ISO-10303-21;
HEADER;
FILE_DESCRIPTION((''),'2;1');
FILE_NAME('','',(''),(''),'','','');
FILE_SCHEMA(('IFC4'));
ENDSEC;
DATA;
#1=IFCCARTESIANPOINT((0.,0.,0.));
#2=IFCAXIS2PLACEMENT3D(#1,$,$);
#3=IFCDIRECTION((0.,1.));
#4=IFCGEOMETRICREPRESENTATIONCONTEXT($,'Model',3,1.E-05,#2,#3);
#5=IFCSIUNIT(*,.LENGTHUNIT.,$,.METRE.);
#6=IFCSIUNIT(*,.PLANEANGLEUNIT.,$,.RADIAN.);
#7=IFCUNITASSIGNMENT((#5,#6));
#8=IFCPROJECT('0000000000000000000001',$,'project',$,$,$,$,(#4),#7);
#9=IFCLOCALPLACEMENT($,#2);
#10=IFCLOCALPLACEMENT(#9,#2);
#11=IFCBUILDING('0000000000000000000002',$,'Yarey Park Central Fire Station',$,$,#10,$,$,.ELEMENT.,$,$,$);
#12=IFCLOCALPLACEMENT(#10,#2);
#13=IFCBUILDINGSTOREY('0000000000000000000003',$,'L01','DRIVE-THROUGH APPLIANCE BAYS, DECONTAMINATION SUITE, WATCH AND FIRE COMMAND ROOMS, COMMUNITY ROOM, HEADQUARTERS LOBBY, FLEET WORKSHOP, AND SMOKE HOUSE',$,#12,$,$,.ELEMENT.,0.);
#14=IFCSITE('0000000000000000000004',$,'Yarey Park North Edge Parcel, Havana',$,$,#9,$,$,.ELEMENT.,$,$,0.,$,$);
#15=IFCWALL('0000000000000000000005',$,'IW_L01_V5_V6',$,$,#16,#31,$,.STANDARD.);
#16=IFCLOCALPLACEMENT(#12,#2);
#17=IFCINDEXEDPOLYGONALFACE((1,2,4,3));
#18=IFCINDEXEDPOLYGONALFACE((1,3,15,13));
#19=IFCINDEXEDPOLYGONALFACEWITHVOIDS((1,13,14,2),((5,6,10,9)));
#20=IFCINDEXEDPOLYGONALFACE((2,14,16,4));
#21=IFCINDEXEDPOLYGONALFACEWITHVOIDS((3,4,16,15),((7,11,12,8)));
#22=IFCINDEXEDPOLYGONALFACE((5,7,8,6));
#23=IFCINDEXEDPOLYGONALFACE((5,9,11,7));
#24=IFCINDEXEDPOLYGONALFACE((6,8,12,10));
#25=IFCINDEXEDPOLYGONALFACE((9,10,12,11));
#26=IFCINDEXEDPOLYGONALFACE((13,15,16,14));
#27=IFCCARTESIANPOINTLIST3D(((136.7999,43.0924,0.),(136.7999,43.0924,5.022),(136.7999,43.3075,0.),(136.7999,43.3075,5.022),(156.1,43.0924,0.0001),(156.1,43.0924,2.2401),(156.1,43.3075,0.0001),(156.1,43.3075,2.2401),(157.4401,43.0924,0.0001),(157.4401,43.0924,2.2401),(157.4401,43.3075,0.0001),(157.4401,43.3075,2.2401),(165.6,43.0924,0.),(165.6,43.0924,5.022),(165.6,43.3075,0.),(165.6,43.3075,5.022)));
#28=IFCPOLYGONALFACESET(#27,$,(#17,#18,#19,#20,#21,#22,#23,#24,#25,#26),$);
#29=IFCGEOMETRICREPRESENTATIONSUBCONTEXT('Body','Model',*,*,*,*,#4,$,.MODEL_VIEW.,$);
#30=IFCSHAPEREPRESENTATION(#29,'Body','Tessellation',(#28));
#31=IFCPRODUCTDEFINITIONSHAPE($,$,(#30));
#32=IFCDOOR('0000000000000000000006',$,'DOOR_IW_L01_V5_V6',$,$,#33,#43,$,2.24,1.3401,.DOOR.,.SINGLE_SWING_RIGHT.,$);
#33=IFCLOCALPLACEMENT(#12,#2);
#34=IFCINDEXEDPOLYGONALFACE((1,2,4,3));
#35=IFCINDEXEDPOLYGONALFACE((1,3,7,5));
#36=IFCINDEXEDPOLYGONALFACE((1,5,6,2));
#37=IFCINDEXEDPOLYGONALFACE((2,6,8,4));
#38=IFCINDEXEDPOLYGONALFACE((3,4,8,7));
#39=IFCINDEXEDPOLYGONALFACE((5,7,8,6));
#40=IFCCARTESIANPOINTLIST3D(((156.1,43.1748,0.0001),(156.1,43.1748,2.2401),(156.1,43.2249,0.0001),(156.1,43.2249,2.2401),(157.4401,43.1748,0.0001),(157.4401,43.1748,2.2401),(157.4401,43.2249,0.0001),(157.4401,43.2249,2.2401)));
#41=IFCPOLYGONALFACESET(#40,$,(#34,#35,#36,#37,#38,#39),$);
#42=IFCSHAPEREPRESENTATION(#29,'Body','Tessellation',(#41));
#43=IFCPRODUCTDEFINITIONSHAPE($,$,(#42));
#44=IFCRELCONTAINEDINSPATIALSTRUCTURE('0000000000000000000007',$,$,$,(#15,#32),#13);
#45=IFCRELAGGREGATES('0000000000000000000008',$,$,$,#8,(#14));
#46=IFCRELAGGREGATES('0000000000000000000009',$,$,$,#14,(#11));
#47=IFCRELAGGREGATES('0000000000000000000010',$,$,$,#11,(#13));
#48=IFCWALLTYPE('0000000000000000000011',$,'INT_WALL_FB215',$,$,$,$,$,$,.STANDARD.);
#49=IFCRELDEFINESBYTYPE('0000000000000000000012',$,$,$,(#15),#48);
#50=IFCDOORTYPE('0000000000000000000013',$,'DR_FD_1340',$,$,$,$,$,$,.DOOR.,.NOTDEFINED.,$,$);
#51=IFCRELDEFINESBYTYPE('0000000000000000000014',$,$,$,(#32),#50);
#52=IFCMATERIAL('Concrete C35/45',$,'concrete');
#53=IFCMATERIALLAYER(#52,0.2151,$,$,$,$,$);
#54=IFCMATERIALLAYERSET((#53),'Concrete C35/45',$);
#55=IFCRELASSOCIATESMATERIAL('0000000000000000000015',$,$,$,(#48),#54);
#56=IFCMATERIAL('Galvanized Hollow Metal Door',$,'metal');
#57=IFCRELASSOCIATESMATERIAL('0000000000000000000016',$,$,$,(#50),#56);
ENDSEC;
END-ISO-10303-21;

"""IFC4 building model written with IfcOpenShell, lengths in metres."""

from ifc_helpers import new_model, si_unit, direction, frame, frame_2d, origin, place, context, subcontext, project, spatial, rectangle, extrude, material, layer, layer_set, type_object, element, fill, save


model = new_model("IFC4")

# Units and contexts
model_context = context("Model", 3, precision=1e-05, world=origin(), true_north=direction((0.0, 1.0)))
body_context = subcontext(model_context, "Body", "Model", "MODEL_VIEW")
ifc_project = project(units=[si_unit("LENGTHUNIT", "METRE"), si_unit("PLANEANGLEUNIT", "RADIAN")], contexts=[model_context])

# Site, building, storey
site_placement = place(None, origin())
site = spatial("IfcSite", under=ifc_project, at=site_placement, Name="Yarey Park North Edge Parcel, Havana", CompositionType="ELEMENT", RefElevation=0.0)
building_placement = place(site_placement, origin())
building = spatial("IfcBuilding", under=site, at=building_placement, Name="Yarey Park Central Fire Station", CompositionType="ELEMENT")
storey_placement = place(building_placement, origin())
storey = spatial("IfcBuildingStorey", under=building, at=storey_placement, Name="L01", Description="DRIVE-THROUGH APPLIANCE BAYS, DECONTAMINATION SUITE, WATCH AND FIRE COMMAND ROOMS, COMMUNITY ROOM, HEADQUARTERS LOBBY, FLEET WORKSHOP, AND SMOKE HOUSE", CompositionType="ELEMENT", Elevation=0.0)

# Shared definitions
ifc_material_1 = material(Name="Concrete C35/45", Category="concrete")

# Wall, opening, door
ifc_layer_1 = layer(ifc_material_1, 0.2151)
ifc_layer_set_1 = layer_set([ifc_layer_1], Name="Concrete C35/45")
wall_type_1 = type_object("IfcWallType", Name="INT_WALL_FB215", PredefinedType="STANDARD", material=ifc_layer_set_1)
wall_1_placement = place(storey_placement, frame((136.8, 43.2, 0.0), z_axis=(0.0, 0.0, 1.0), x_axis=(1.0, 0.0, 0.0)))
wall_1 = element("IfcWall", 1, at=wall_1_placement, inside=storey, type_object=wall_type_1, Name="IW_L01_V5_V6", PredefinedType="STANDARD", context=body_context, shape_type="SweptSolid", body=[
    extrude(rectangle(XDim=28.8, YDim=0.2151, at=frame_2d((14.3999, 0.0))), origin(), (0.0, 0.0, 1.0), 5.022),
])
opening_1_placement = place(wall_1_placement, frame((19.3, 0.0, 0.0)))
opening_1 = element("IfcOpeningElement", 2, at=opening_1_placement, cuts=wall_1, PredefinedType="OPENING", context=body_context, shape_type="SweptSolid", body=[
    extrude(rectangle(XDim=1.3401, YDim=2.24, at=frame_2d((0.6699, 1.1201))), frame((0.0, 0.1174, 0.0), z_axis=(0.0, -1.0, 0.0), x_axis=(1.0, 0.0, 0.0)), (0.0, 0.0, 1.0), 0.2351),
])
ifc_material_2 = material(Name="Galvanized Hollow Metal Door", Category="metal")
door_type = type_object("IfcDoorType", Name="DR_FD_1340", OperationType="NOTDEFINED", PredefinedType="DOOR", material=ifc_material_2)
door_placement = place(opening_1_placement, origin())
door = element("IfcDoor", 3, at=door_placement, inside=storey, type_object=door_type, Name="DOOR_IW_L01_V5_V6", OperationType="SINGLE_SWING_RIGHT", OverallHeight=2.24, OverallWidth=1.3401, PredefinedType="DOOR", context=body_context, shape_type="SweptSolid", body=[
    extrude(rectangle(XDim=1.3401, YDim=2.24, at=frame_2d((0.6699, 1.1201))), frame((0.0, 0.0249, 0.0), z_axis=(0.0, -1.0, 0.0), x_axis=(1.0, 0.0, 0.0)), (0.0, 0.0, 1.0), 0.05),
])
fill(opening_1, door)

save(model, "model.ifc")
